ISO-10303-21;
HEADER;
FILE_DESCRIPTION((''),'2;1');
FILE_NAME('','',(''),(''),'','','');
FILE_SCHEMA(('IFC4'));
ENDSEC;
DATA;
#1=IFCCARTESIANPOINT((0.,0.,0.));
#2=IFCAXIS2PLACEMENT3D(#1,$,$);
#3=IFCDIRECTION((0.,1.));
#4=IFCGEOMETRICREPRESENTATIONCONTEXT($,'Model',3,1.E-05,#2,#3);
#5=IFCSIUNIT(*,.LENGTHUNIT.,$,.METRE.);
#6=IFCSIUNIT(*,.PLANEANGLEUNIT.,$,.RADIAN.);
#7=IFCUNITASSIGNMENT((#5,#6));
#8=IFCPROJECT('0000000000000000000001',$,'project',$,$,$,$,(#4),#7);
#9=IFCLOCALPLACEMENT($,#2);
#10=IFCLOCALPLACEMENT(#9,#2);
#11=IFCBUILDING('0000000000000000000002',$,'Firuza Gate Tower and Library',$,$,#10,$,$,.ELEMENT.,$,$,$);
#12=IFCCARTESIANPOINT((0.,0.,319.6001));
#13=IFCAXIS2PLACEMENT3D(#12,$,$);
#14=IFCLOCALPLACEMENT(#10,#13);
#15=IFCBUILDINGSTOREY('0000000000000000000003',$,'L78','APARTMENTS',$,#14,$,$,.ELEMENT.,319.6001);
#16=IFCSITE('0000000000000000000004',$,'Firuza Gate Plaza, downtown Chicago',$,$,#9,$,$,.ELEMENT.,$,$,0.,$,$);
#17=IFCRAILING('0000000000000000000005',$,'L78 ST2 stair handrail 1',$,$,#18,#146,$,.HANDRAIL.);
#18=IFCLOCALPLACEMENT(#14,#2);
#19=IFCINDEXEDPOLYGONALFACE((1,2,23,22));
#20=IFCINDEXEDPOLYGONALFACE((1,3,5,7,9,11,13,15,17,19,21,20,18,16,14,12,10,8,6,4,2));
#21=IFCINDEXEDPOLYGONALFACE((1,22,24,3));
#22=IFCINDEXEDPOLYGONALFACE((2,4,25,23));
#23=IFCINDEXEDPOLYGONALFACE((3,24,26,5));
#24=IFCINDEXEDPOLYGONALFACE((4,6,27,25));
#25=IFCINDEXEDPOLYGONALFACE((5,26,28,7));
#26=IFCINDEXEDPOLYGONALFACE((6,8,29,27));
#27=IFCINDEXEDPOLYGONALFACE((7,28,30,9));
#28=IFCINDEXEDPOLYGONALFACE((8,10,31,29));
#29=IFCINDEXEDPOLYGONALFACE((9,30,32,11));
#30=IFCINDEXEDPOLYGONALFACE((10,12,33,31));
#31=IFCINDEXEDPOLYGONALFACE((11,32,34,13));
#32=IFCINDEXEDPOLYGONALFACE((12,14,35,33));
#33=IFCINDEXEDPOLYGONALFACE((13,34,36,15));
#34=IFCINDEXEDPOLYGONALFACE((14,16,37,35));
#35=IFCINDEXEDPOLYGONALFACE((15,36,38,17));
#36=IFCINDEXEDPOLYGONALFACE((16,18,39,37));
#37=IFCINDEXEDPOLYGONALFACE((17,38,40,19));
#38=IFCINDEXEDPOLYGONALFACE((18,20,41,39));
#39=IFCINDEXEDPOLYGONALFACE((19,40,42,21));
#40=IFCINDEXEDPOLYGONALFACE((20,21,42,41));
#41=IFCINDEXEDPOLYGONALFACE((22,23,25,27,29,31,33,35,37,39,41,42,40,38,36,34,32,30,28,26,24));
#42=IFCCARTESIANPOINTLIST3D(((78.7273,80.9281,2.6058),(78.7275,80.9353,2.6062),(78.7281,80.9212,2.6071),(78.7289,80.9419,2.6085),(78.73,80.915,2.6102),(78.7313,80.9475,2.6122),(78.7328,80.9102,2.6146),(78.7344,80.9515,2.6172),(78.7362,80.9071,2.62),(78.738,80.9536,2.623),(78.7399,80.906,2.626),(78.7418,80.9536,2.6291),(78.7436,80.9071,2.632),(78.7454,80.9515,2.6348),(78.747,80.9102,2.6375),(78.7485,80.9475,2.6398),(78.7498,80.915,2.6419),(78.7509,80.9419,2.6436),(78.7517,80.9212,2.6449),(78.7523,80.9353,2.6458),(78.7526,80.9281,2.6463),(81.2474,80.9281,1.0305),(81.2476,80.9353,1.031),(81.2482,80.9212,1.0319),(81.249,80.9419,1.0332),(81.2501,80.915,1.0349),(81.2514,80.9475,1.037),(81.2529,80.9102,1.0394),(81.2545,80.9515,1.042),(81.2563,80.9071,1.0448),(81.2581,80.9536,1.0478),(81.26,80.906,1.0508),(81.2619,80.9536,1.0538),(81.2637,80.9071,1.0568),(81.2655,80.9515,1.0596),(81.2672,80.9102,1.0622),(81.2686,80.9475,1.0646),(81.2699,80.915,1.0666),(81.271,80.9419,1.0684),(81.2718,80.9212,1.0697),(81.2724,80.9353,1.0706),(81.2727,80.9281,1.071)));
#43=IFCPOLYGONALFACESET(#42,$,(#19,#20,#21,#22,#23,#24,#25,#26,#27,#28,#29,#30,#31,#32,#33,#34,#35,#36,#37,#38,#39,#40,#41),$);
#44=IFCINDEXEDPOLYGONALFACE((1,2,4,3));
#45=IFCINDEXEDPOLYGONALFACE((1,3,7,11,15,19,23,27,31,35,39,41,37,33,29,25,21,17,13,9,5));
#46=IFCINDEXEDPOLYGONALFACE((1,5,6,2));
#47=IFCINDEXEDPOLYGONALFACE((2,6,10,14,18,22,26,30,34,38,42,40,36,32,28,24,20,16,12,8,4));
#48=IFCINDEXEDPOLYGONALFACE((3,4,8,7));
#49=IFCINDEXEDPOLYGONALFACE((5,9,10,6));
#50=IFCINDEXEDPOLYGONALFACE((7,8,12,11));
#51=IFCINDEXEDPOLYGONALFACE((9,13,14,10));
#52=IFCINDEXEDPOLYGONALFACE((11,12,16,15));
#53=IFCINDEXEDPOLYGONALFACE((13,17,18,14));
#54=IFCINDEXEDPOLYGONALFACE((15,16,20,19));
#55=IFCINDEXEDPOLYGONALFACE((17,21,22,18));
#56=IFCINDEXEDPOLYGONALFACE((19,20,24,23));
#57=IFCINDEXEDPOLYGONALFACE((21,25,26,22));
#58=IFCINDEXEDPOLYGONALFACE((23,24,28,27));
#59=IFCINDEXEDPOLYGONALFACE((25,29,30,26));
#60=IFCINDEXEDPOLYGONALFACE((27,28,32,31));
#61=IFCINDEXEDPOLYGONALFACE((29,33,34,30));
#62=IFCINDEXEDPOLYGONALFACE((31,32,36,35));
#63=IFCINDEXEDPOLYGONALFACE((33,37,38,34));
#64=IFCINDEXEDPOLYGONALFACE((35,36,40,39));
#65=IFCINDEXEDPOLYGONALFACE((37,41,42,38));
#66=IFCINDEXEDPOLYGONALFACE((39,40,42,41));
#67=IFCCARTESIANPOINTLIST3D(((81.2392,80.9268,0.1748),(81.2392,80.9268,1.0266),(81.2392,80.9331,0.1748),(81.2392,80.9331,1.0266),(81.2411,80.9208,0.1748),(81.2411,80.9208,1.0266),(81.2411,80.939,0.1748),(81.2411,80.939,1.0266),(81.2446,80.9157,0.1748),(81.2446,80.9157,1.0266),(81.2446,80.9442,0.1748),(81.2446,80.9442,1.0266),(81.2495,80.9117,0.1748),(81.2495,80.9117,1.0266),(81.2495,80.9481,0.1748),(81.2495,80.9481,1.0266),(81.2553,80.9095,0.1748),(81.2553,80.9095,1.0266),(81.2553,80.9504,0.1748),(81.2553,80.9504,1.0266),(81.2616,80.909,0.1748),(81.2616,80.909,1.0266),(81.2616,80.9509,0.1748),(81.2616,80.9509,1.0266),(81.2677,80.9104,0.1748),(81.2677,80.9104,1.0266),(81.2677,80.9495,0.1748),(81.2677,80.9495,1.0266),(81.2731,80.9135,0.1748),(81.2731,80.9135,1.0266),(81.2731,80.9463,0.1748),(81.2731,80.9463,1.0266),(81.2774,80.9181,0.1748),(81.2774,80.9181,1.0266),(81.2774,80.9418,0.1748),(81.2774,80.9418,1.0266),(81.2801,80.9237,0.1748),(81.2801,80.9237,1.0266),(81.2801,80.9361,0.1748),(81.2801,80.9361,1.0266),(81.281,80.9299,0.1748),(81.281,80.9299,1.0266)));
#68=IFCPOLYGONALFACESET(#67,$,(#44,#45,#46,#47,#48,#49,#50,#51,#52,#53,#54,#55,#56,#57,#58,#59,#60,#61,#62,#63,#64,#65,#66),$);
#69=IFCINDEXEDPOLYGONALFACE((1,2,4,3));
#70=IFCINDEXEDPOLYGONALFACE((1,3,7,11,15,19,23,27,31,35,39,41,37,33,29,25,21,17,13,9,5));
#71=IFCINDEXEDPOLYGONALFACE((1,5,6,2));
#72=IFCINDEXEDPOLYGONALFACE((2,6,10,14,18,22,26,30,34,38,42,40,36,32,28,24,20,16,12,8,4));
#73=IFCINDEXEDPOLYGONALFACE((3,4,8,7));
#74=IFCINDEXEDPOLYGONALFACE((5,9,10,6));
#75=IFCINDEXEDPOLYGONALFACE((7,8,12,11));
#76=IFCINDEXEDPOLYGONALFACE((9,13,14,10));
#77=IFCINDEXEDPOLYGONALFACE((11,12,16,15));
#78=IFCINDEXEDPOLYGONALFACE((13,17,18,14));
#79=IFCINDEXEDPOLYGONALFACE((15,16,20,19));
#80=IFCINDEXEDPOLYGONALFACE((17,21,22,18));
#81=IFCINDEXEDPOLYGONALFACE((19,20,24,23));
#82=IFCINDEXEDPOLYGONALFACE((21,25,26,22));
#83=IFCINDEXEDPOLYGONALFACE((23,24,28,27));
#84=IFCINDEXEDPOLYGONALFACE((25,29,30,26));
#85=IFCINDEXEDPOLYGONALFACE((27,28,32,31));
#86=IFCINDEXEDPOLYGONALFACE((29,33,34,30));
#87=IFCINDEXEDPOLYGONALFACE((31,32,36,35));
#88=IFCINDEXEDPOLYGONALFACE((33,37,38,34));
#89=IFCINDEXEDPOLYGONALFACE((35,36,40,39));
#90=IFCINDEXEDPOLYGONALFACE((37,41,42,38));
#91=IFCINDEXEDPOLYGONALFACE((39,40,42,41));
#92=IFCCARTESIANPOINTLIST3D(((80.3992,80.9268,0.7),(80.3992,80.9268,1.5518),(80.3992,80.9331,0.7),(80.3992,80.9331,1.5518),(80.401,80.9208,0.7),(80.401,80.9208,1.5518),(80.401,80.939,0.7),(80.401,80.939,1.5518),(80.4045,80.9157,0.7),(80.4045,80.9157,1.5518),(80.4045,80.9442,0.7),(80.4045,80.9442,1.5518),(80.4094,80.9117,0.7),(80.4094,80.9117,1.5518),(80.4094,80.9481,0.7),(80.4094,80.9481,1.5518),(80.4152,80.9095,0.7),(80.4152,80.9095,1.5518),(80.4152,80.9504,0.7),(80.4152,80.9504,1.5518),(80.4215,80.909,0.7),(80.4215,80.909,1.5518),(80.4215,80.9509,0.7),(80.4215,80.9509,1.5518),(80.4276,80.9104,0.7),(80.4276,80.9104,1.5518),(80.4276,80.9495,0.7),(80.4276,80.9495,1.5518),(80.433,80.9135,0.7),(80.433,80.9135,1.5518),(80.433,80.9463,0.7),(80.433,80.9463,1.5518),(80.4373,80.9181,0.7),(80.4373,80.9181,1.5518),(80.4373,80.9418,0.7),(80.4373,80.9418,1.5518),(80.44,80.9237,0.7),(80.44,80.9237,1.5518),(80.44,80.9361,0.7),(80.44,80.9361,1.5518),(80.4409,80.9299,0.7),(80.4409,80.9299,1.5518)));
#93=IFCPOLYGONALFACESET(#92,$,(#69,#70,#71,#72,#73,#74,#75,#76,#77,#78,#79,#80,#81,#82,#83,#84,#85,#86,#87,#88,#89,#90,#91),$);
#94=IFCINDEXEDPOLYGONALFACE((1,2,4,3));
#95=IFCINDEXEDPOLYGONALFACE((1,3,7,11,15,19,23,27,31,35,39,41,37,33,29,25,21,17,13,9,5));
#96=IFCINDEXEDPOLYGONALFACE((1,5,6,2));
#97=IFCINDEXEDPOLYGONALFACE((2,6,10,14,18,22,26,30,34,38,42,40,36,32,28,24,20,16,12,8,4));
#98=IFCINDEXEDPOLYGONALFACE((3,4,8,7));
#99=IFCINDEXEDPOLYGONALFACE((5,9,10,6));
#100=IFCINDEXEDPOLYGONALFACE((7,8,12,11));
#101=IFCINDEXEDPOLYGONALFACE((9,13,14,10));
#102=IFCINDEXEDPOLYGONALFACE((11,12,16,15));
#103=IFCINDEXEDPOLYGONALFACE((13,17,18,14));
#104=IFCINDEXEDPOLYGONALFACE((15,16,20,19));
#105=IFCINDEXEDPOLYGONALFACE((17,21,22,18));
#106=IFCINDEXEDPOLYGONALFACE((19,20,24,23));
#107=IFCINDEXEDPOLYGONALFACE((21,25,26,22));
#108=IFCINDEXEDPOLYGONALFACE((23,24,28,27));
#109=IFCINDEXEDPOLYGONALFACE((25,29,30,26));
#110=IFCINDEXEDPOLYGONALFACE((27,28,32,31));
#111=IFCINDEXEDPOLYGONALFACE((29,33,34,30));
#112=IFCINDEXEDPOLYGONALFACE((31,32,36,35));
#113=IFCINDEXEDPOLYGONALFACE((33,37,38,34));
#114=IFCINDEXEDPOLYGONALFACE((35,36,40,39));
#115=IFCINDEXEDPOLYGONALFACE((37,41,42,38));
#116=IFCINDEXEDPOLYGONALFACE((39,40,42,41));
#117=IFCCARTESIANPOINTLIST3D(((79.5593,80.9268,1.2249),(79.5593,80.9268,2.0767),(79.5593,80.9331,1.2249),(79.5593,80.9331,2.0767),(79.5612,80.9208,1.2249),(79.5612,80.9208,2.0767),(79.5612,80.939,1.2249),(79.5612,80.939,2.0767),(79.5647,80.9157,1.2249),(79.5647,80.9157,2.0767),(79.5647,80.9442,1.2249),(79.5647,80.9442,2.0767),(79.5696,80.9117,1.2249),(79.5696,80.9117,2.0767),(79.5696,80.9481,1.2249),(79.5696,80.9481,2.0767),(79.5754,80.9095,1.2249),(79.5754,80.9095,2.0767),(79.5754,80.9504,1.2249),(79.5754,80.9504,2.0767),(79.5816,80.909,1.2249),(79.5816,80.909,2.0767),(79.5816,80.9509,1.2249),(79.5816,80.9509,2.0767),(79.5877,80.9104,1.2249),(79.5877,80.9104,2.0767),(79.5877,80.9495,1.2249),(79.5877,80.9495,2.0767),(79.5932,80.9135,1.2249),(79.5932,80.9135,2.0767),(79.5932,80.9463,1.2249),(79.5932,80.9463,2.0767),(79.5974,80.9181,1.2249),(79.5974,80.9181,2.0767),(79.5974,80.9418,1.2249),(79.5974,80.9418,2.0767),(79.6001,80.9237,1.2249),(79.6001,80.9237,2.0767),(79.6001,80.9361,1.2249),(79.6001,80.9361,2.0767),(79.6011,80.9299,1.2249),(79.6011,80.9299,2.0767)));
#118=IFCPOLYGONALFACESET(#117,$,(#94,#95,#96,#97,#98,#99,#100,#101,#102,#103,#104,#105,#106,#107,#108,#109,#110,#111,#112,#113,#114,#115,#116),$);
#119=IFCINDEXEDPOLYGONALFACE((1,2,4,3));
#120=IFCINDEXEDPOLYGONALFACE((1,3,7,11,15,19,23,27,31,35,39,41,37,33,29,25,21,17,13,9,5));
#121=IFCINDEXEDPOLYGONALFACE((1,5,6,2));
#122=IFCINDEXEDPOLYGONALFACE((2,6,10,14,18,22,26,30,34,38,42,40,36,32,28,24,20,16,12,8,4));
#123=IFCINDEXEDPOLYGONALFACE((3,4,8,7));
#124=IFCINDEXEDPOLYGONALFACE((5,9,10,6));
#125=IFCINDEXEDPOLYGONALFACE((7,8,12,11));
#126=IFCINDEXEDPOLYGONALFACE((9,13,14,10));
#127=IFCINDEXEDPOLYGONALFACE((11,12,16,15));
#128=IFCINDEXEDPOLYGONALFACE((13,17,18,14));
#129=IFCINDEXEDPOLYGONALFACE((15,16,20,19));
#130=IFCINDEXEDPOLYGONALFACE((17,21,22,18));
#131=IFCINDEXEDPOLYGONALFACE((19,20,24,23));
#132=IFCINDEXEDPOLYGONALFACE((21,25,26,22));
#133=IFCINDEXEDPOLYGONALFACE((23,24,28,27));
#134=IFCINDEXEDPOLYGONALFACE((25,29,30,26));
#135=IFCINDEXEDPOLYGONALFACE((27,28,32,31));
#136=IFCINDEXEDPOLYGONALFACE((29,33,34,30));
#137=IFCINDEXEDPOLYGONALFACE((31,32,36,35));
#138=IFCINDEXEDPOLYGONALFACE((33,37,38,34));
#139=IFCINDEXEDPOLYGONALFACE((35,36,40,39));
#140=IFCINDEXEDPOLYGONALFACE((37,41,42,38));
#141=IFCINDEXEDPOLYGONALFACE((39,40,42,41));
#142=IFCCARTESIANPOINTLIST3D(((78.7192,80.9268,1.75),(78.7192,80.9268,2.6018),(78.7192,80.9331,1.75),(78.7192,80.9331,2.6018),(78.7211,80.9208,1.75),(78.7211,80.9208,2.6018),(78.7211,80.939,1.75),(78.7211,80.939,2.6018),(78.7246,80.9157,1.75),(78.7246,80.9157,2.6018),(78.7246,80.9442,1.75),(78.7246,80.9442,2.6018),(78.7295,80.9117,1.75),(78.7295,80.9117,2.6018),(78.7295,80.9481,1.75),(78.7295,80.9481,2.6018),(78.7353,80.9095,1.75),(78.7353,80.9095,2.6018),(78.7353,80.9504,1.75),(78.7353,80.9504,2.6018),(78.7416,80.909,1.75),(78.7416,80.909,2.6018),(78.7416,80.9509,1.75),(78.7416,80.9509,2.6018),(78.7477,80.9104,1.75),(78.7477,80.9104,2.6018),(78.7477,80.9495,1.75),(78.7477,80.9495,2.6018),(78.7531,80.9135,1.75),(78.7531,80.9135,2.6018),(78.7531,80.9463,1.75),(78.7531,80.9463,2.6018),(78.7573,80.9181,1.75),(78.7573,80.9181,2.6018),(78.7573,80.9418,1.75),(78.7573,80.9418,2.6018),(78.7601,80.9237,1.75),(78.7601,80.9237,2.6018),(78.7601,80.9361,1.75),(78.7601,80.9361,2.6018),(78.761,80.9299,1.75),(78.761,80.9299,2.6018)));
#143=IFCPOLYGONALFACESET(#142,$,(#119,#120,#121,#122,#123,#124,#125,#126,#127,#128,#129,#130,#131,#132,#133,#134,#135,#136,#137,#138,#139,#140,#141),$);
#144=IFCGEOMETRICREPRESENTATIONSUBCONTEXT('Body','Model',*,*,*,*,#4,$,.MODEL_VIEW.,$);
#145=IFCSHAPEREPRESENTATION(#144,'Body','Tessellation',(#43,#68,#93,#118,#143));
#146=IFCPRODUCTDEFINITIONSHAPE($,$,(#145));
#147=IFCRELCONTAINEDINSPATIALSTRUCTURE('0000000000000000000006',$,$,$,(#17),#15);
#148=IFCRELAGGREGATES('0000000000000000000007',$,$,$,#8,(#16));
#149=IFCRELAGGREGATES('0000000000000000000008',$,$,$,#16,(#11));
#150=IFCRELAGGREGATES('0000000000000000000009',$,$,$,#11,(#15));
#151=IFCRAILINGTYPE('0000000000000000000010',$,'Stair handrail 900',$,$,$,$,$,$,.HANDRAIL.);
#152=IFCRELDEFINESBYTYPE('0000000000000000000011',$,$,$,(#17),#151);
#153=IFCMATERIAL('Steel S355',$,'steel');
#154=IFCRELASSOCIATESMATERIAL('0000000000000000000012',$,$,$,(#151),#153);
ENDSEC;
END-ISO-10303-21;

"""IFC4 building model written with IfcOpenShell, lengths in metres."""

from ifc_helpers import new_model, si_unit, direction, frame, origin, origin_2d, place, context, subcontext, project, spatial, circle, extrude, material, type_object, element, save


model = new_model("IFC4")

# Units and contexts
model_context = context("Model", 3, precision=1e-05, world=origin(), true_north=direction((0.0, 1.0)))
body_context = subcontext(model_context, "Body", "Model", "MODEL_VIEW")
ifc_project = project(units=[si_unit("LENGTHUNIT", "METRE"), si_unit("PLANEANGLEUNIT", "RADIAN")], contexts=[model_context])

# Site, building, storey
site_placement = place(None, origin())
site = spatial("IfcSite", under=ifc_project, at=site_placement, Name="Firuza Gate Plaza, downtown Chicago", CompositionType="ELEMENT", RefElevation=0.0)
building_placement = place(site_placement, origin())
building = spatial("IfcBuilding", under=site, at=building_placement, Name="Firuza Gate Tower and Library", CompositionType="ELEMENT")
storey_placement = place(building_placement, frame((0.0, 0.0, 319.6001)))
storey = spatial("IfcBuildingStorey", under=building, at=storey_placement, Name="L78", Description="APARTMENTS", CompositionType="ELEMENT", Elevation=319.6001)

# Railing
ifc_material_1 = material(Name="Steel S355", Category="steel")
railing_type_1 = type_object("IfcRailingType", Name="Stair handrail 900", PredefinedType="HANDRAIL", material=ifc_material_1)
railing_1_placement = place(storey_placement, frame((81.26, 80.9299, 0.1748)))
element("IfcRailing", 1, at=railing_1_placement, inside=storey, type_object=railing_type_1, Name="L78 ST2 stair handrail 1", PredefinedType="HANDRAIL", context=body_context, shape_type="SweptSolid", body=[
    extrude(circle(Radius=0.0239, at=origin_2d()), frame((0.0, 0.0, 0.876), z_axis=(-0.847971, 0.0, 0.530043), x_axis=(0.0, -1.0, 0.0)), (0.0, 0.0, 1.0), 2.9719),
    extrude(circle(Radius=0.021, at=origin_2d()), origin(), (0.0, 0.0, 1.0), 0.8518),
    extrude(circle(Radius=0.021, at=origin_2d()), frame((-0.8401, 0.0, 0.5251)), (0.0, 0.0, 1.0), 0.8518),
    extrude(circle(Radius=0.021, at=origin_2d()), frame((-1.6799, 0.0, 1.05)), (0.0, 0.0, 1.0), 0.8518),
    extrude(circle(Radius=0.021, at=origin_2d()), frame((-2.52, 0.0, 1.5752)), (0.0, 0.0, 1.0), 0.8518),
])

save(model, "model.ifc")
